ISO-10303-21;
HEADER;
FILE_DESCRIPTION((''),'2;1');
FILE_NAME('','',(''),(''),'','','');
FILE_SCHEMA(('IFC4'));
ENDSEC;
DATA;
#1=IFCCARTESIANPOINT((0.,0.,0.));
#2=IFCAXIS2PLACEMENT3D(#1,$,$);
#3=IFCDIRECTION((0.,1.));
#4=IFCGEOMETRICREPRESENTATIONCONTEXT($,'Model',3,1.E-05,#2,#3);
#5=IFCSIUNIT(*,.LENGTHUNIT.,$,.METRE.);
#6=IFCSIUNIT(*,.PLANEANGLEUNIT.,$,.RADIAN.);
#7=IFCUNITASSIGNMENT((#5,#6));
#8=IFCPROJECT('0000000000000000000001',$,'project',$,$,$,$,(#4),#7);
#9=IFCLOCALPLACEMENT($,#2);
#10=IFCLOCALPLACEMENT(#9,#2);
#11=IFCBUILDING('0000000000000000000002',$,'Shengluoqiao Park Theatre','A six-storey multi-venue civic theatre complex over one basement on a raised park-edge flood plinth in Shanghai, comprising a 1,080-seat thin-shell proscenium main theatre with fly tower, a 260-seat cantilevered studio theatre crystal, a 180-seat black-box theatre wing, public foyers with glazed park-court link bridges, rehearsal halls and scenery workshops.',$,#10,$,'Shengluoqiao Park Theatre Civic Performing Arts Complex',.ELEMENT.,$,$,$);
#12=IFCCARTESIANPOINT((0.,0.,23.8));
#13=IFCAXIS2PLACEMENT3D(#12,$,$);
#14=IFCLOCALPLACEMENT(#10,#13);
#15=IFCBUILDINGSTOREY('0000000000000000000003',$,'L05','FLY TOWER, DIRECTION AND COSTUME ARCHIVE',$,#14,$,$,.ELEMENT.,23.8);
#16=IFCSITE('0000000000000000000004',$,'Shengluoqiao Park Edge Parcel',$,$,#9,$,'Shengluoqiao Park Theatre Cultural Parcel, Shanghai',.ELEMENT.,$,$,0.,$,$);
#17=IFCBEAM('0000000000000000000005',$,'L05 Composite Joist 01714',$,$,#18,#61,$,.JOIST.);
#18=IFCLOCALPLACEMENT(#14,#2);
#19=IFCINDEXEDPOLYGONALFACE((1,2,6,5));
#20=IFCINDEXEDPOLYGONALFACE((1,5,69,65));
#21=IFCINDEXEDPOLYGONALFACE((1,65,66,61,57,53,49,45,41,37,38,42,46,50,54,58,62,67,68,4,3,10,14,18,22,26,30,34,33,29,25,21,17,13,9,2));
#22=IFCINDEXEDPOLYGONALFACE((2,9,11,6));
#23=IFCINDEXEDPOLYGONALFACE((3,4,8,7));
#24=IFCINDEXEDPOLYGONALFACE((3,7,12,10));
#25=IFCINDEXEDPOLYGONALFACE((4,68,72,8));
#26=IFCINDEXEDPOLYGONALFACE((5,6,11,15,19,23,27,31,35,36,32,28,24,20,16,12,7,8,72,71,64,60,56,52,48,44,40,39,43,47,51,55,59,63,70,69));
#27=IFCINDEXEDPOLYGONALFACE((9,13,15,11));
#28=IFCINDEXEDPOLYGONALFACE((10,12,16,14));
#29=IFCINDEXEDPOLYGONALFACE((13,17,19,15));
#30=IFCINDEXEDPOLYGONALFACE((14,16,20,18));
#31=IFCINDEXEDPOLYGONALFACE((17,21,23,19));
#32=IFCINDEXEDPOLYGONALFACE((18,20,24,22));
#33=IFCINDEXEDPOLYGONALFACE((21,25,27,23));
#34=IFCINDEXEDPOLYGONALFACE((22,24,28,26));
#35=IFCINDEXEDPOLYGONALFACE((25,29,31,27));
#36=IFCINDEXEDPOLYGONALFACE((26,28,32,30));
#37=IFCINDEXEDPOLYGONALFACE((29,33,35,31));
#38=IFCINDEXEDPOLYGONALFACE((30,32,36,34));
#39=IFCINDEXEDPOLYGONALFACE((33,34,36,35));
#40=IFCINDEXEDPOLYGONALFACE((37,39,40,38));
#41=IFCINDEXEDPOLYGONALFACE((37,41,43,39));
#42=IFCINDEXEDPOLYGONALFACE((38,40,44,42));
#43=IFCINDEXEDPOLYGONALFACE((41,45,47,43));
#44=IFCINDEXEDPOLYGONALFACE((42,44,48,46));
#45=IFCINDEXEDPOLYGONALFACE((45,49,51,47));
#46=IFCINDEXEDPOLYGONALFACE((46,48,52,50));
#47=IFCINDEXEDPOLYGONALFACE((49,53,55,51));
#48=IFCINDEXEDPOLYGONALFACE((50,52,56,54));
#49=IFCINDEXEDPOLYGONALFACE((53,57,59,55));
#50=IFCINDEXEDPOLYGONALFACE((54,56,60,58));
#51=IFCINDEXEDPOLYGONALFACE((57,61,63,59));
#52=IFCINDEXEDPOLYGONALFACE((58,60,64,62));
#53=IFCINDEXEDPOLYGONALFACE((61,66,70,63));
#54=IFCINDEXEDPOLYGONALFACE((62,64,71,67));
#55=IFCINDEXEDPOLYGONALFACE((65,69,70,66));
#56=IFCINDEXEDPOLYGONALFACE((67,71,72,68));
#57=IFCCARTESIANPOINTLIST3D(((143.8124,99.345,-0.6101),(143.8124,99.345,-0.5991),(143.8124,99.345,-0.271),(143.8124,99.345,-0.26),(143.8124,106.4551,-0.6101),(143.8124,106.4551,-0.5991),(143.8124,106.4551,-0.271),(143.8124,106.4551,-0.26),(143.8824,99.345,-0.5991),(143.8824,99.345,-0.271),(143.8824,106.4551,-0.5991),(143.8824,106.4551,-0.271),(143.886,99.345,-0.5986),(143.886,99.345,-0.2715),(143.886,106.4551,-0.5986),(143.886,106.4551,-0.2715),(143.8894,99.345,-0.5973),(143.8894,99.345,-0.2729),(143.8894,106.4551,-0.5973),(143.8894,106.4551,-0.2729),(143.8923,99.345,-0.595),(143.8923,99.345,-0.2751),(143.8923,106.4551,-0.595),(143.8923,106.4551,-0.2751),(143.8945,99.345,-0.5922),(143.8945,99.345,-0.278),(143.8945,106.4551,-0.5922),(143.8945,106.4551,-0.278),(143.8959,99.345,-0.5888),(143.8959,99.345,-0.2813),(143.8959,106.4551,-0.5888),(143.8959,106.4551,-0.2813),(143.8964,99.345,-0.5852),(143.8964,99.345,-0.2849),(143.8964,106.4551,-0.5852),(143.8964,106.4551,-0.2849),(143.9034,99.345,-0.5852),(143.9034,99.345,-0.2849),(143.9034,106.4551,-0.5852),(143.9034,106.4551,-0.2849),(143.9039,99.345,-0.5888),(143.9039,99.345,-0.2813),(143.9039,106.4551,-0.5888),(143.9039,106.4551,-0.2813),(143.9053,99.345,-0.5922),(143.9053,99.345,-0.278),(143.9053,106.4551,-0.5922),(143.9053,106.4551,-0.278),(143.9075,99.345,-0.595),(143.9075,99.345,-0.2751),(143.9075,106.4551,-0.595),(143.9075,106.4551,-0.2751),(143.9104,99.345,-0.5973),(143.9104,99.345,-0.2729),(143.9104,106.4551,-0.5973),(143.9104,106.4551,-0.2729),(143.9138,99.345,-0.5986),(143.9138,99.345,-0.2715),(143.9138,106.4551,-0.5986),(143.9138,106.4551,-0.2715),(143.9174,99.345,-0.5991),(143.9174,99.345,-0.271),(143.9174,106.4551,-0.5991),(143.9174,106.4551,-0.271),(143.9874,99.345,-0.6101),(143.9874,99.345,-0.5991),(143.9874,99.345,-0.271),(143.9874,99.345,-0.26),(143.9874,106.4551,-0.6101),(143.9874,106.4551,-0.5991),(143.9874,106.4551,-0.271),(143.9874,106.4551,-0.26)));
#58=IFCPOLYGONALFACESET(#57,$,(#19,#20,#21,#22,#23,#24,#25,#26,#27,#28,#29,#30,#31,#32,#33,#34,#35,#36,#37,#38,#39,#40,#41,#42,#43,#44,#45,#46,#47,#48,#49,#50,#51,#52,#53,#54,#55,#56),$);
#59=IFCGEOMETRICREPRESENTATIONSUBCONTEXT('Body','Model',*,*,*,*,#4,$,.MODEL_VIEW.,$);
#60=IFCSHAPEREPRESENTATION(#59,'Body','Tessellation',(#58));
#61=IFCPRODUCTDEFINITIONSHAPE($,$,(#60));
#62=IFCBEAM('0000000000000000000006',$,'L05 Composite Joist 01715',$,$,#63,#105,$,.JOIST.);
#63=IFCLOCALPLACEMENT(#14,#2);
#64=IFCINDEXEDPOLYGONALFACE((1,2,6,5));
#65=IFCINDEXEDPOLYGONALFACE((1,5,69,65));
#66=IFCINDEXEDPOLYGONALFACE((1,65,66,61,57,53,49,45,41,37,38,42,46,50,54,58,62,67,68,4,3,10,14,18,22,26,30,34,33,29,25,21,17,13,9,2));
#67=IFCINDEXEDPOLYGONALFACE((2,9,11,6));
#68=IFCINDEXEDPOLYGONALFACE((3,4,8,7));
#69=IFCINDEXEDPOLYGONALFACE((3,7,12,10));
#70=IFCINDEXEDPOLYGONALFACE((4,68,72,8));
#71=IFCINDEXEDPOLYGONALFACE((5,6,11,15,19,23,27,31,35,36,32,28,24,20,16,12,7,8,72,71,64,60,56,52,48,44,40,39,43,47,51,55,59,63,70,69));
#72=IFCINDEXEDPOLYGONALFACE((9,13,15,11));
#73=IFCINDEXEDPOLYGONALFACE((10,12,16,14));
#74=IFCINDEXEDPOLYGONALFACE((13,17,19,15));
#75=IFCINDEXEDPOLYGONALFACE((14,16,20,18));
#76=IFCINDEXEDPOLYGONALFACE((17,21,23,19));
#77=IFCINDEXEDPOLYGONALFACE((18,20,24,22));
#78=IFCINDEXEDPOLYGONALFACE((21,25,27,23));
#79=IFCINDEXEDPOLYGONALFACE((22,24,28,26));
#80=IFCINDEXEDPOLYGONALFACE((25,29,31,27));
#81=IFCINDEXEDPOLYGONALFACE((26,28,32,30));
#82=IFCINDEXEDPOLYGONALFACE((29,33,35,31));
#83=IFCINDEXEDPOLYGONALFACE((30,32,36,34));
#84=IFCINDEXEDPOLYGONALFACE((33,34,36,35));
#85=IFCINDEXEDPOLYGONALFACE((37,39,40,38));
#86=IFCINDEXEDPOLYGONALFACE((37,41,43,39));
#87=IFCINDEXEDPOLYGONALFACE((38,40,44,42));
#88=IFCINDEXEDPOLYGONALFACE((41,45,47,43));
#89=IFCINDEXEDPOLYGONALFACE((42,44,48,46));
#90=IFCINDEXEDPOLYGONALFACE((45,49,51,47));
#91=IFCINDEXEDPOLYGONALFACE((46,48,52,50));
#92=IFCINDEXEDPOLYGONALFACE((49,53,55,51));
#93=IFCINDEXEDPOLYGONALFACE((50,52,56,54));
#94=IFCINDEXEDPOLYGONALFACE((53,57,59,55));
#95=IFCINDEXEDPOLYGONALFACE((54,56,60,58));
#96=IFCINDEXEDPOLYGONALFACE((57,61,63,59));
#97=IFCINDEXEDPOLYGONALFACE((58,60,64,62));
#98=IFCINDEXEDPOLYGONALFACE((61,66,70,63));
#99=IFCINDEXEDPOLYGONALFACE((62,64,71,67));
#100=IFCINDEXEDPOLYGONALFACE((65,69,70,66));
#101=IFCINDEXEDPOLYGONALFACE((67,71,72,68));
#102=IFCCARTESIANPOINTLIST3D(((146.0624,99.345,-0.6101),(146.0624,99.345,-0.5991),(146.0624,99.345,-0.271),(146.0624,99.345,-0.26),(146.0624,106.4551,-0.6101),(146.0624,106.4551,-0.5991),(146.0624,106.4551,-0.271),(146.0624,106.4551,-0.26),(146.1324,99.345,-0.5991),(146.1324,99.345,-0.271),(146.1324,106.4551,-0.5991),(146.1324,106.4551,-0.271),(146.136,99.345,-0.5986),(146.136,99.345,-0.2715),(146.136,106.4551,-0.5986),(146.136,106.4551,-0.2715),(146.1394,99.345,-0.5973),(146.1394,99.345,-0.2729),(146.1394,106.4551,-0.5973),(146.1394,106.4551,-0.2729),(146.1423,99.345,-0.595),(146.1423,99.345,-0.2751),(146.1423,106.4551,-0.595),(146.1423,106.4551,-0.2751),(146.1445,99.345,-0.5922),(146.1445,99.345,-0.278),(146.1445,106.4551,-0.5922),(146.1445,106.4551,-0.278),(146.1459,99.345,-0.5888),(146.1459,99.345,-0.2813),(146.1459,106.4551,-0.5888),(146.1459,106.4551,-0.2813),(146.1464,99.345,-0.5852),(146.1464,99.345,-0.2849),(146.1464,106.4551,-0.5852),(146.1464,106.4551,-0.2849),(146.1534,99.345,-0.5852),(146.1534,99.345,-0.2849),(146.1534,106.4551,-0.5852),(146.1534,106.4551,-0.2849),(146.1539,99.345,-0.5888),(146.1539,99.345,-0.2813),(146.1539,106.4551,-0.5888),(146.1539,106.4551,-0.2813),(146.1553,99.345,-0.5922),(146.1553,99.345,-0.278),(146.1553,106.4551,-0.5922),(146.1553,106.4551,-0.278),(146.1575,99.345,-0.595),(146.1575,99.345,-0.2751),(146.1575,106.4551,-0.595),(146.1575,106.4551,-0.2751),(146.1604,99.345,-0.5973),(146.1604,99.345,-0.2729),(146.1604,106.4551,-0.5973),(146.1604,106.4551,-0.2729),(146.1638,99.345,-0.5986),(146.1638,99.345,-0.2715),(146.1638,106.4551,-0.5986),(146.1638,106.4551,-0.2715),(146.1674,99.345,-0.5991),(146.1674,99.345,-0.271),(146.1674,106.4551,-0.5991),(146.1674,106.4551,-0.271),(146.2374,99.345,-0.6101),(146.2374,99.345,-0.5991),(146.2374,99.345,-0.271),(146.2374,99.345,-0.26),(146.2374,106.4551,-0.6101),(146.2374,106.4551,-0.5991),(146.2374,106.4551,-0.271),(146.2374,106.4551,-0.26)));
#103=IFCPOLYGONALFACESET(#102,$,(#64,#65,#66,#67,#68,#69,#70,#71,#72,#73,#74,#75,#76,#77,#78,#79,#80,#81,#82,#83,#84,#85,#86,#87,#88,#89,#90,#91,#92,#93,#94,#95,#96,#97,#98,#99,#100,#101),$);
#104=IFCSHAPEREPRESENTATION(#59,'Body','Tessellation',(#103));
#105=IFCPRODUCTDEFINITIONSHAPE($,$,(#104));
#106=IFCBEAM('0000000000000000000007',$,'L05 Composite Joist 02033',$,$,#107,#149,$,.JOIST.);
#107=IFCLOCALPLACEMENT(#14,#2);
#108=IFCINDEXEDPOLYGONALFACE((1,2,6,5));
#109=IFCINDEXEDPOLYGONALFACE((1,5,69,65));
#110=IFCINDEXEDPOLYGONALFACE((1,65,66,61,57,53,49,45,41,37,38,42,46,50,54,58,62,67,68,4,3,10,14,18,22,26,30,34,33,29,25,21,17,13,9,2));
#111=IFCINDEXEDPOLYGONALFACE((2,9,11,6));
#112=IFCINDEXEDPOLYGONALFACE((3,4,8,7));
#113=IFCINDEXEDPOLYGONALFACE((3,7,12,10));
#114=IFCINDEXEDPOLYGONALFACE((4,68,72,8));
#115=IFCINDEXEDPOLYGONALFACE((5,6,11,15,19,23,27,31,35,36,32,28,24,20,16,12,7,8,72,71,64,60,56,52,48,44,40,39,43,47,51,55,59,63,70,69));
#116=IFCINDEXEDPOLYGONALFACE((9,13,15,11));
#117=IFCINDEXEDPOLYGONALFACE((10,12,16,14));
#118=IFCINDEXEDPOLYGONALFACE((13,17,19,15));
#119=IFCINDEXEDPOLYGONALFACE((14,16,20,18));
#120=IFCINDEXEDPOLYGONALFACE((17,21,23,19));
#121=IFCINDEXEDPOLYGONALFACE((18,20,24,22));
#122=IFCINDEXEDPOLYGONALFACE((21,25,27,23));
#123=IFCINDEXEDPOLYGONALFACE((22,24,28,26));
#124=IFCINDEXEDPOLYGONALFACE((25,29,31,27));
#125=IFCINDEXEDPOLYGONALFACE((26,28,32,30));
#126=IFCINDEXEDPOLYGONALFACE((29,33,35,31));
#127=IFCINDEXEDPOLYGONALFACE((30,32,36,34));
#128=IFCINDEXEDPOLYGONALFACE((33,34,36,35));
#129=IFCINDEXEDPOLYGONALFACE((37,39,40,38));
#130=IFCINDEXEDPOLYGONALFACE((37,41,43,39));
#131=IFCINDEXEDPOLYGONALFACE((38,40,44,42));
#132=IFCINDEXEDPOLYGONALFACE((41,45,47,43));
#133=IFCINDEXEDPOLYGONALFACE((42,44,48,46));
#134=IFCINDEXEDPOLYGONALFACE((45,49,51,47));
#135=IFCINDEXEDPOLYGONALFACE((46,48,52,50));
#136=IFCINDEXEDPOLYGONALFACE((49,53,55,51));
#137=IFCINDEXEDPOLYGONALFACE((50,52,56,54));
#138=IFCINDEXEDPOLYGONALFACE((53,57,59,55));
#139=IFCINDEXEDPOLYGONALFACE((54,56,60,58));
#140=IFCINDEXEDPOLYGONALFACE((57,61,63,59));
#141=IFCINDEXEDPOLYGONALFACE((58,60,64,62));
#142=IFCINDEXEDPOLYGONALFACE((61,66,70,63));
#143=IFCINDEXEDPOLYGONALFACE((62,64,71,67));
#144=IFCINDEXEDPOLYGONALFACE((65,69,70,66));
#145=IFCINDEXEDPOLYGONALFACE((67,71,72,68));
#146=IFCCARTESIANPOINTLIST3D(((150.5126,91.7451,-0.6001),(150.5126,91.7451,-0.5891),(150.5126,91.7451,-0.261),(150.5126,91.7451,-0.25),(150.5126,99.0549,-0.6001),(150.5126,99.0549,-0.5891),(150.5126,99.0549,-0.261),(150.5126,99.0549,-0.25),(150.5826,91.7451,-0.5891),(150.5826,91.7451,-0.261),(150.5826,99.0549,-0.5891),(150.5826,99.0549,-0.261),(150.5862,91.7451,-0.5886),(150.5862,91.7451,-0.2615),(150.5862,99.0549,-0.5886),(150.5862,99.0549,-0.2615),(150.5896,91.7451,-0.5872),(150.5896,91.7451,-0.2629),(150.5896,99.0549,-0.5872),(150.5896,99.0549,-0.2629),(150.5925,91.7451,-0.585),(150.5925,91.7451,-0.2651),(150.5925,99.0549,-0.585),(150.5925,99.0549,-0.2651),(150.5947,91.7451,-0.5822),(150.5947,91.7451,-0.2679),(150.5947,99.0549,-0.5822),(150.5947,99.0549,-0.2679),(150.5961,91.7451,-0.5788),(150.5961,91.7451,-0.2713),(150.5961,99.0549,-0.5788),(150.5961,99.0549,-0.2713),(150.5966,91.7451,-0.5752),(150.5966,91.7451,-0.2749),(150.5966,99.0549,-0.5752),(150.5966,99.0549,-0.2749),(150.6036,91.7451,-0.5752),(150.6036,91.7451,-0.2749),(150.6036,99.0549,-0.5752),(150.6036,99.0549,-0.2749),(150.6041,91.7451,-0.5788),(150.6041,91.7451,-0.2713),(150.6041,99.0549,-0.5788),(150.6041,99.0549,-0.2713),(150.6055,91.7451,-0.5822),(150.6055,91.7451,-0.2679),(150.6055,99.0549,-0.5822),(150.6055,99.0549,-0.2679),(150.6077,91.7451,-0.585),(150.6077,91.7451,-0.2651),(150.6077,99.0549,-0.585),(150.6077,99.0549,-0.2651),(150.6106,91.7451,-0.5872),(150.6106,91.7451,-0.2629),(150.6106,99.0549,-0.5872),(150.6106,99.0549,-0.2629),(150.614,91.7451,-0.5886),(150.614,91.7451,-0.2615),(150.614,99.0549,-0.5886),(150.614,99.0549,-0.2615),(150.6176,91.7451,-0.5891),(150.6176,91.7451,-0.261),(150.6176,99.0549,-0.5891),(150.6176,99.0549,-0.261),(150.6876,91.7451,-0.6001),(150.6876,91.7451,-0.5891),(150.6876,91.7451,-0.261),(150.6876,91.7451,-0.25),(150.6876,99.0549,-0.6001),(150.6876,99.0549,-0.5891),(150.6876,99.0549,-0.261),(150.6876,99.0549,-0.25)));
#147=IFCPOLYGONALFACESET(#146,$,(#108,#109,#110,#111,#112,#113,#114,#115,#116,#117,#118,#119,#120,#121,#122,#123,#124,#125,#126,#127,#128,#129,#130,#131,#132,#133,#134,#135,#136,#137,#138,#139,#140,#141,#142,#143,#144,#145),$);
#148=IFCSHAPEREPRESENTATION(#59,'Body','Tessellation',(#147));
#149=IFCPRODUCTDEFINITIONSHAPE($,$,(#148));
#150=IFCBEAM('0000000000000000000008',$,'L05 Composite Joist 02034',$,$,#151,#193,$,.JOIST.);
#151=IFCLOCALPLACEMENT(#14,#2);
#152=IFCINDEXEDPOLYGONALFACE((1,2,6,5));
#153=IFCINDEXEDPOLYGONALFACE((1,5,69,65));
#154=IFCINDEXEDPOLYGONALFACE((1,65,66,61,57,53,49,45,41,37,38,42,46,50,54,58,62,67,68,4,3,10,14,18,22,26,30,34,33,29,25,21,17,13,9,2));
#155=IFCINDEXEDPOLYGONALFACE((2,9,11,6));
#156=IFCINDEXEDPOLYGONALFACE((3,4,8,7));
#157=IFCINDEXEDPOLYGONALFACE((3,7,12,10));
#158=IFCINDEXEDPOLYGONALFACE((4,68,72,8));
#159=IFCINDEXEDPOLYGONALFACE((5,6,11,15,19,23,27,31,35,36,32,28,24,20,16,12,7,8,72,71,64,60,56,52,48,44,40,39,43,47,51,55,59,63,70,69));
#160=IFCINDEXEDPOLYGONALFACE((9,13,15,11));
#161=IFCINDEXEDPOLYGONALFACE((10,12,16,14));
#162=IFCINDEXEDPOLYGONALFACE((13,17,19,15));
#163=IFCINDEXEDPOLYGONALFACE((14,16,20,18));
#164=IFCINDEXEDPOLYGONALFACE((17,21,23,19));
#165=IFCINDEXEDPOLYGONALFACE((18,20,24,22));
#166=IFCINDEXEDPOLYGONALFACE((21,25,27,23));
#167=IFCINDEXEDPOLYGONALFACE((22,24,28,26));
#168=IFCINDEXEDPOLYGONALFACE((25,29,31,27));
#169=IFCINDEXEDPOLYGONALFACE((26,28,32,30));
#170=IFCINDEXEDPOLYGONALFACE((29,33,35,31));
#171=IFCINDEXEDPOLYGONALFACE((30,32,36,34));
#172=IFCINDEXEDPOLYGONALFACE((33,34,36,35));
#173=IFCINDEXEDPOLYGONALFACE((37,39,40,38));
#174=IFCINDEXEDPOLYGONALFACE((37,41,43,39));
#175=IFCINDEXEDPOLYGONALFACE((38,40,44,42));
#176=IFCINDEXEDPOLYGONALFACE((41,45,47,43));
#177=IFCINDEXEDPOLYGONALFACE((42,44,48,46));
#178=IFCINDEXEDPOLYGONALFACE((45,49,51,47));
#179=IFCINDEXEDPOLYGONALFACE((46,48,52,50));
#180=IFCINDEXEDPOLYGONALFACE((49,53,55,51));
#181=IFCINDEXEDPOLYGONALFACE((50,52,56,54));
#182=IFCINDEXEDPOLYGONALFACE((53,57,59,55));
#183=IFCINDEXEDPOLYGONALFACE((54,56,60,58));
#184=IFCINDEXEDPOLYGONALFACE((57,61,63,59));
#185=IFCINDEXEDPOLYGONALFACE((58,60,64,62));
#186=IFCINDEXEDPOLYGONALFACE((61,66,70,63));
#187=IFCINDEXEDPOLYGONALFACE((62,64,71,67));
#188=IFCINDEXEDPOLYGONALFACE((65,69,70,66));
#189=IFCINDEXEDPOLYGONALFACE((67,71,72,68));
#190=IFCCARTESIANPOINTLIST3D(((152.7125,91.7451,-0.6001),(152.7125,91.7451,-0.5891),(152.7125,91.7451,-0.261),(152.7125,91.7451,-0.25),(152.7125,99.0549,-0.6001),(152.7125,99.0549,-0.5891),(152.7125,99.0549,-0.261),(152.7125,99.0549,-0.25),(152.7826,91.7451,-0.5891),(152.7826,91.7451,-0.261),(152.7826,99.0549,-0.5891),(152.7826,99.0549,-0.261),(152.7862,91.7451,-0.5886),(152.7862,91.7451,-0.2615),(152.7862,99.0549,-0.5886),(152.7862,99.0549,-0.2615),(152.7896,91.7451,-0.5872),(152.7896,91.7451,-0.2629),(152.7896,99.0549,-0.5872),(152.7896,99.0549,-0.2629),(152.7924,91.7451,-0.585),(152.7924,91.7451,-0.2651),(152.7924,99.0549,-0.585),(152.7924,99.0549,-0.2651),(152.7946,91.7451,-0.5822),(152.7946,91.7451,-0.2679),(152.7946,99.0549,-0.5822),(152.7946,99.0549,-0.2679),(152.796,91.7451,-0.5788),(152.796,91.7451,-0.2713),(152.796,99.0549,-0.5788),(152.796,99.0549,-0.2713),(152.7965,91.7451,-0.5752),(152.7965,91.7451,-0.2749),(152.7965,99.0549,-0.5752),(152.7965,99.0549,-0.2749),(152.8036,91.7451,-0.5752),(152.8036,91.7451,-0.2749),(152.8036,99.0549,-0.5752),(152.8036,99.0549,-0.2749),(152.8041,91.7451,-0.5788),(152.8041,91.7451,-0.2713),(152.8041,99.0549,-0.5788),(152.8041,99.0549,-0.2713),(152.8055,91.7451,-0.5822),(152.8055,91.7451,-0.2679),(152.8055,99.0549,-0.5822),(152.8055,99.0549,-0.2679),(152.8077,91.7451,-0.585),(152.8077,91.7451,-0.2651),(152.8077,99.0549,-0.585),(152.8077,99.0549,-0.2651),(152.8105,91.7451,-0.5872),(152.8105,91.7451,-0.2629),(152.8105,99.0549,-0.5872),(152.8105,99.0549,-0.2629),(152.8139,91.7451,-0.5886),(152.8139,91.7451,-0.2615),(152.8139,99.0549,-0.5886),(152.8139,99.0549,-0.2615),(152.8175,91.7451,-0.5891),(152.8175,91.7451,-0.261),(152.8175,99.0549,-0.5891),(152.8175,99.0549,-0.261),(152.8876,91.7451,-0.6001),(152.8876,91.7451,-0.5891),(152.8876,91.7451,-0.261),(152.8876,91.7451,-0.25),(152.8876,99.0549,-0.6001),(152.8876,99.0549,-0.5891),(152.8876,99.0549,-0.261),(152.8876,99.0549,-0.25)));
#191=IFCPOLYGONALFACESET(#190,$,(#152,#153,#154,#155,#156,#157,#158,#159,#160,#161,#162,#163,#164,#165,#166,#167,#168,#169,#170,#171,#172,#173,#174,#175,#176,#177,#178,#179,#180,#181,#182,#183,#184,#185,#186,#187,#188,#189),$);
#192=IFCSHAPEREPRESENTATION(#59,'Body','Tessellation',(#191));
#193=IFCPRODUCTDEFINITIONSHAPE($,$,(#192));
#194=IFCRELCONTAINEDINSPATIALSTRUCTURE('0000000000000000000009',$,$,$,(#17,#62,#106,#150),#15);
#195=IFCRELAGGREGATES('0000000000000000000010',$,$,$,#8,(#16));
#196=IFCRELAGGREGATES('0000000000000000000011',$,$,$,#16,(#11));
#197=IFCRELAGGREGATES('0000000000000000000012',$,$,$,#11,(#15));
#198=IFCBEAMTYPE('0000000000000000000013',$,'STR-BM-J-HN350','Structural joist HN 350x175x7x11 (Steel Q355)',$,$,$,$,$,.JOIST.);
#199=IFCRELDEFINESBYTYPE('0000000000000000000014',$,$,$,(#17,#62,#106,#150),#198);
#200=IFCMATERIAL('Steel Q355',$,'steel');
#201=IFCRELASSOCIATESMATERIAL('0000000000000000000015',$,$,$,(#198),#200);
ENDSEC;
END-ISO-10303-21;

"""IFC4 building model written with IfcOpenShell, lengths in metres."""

from ifc_helpers import new_model, si_unit, direction, frame, origin, origin_2d, place, context, subcontext, project, spatial, i_section, extrude, material, material_profile, profile_set, type_object, element, save


model = new_model("IFC4")

# Units and contexts
model_context = context("Model", 3, precision=1e-05, world=origin(), true_north=direction((0.0, 1.0)))
body_context = subcontext(model_context, "Body", "Model", "MODEL_VIEW")
ifc_project = project(units=[si_unit("LENGTHUNIT", "METRE"), si_unit("PLANEANGLEUNIT", "RADIAN")], contexts=[model_context])

# Site, building, storey
site_placement = place(None, origin())
site = spatial("IfcSite", under=ifc_project, at=site_placement, Name="Shengluoqiao Park Edge Parcel", LongName="Shengluoqiao Park Theatre Cultural Parcel, Shanghai", CompositionType="ELEMENT", RefElevation=0.0)
building_placement = place(site_placement, origin())
building = spatial("IfcBuilding", under=site, at=building_placement, Name="Shengluoqiao Park Theatre", Description="A six-storey multi-venue civic theatre complex over one basement on a raised park-edge flood plinth in Shanghai, comprising a 1,080-seat thin-shell proscenium main theatre with fly tower, a 260-seat cantilevered studio theatre crystal, a 180-seat black-box theatre wing, public foyers with glazed park-court link bridges, rehearsal halls and scenery workshops.", LongName="Shengluoqiao Park Theatre Civic Performing Arts Complex", CompositionType="ELEMENT")
storey_placement = place(building_placement, frame((0.0, 0.0, 23.8)))
storey = spatial("IfcBuildingStorey", under=building, at=storey_placement, Name="L05", Description="FLY TOWER, DIRECTION AND COSTUME ARCHIVE", CompositionType="ELEMENT", Elevation=23.8)

# Shared definitions
ifc_material_1 = material(Name="Steel Q355", Category="steel")

# Beams
ifc_material_profile_1 = material_profile(ifc_material_1, i_section(OverallWidth=0.175, OverallDepth=0.3501, WebThickness=0.0071, FlangeThickness=0.011, FilletRadius=0.0139, at=origin_2d()), Name="HN 350x175x7x11")
ifc_profile_set_1 = profile_set([ifc_material_profile_1], Name="Steel Q355")
beam_type_1 = type_object("IfcBeamType", Name="STR-BM-J-HN350", Description="Structural joist HN 350x175x7x11 (Steel Q355)", PredefinedType="JOIST", material=ifc_profile_set_1)
for number, where, z_axis, x_axis, name in (
    (1, (143.8999, 99.345, -0.4351), (0.0, 1.0, 0.0), (-1.0, 0.0, 0.0), "L05 Composite Joist 01714"),
    (2, (146.1499, 99.345, -0.4351), (0.0, 1.0, 0.0), (-1.0, 0.0, 0.0), "L05 Composite Joist 01715"),
):
    element("IfcBeam", number, at=place(storey_placement, frame(where, z_axis=z_axis, x_axis=x_axis)), inside=storey, type_object=beam_type_1, Name=name, PredefinedType="JOIST", context=body_context, shape_type="SweptSolid", body=[
        extrude(i_section(OverallWidth=0.175, OverallDepth=0.3501, WebThickness=0.0071, FlangeThickness=0.011, FilletRadius=0.0139, at=origin_2d()), origin(), (0.0, 0.0, 1.0), 7.1101),
    ])
for number, where, z_axis, x_axis, name in (
    (3, (150.6001, 91.7451, -0.425), (0.0, 1.0, 0.0), (-1.0, 0.0, 0.0), "L05 Composite Joist 02033"),
    (4, (152.8, 91.7451, -0.425), (0.0, 1.0, 0.0), (-1.0, 0.0, 0.0), "L05 Composite Joist 02034"),
):
    element("IfcBeam", number, at=place(storey_placement, frame(where, z_axis=z_axis, x_axis=x_axis)), inside=storey, type_object=beam_type_1, Name=name, PredefinedType="JOIST", context=body_context, shape_type="SweptSolid", body=[
        extrude(i_section(OverallWidth=0.175, OverallDepth=0.3501, WebThickness=0.0071, FlangeThickness=0.011, FilletRadius=0.0139, at=origin_2d()), origin(), (0.0, 0.0, 1.0), 7.3098),
    ])

save(model, "model.ifc")
